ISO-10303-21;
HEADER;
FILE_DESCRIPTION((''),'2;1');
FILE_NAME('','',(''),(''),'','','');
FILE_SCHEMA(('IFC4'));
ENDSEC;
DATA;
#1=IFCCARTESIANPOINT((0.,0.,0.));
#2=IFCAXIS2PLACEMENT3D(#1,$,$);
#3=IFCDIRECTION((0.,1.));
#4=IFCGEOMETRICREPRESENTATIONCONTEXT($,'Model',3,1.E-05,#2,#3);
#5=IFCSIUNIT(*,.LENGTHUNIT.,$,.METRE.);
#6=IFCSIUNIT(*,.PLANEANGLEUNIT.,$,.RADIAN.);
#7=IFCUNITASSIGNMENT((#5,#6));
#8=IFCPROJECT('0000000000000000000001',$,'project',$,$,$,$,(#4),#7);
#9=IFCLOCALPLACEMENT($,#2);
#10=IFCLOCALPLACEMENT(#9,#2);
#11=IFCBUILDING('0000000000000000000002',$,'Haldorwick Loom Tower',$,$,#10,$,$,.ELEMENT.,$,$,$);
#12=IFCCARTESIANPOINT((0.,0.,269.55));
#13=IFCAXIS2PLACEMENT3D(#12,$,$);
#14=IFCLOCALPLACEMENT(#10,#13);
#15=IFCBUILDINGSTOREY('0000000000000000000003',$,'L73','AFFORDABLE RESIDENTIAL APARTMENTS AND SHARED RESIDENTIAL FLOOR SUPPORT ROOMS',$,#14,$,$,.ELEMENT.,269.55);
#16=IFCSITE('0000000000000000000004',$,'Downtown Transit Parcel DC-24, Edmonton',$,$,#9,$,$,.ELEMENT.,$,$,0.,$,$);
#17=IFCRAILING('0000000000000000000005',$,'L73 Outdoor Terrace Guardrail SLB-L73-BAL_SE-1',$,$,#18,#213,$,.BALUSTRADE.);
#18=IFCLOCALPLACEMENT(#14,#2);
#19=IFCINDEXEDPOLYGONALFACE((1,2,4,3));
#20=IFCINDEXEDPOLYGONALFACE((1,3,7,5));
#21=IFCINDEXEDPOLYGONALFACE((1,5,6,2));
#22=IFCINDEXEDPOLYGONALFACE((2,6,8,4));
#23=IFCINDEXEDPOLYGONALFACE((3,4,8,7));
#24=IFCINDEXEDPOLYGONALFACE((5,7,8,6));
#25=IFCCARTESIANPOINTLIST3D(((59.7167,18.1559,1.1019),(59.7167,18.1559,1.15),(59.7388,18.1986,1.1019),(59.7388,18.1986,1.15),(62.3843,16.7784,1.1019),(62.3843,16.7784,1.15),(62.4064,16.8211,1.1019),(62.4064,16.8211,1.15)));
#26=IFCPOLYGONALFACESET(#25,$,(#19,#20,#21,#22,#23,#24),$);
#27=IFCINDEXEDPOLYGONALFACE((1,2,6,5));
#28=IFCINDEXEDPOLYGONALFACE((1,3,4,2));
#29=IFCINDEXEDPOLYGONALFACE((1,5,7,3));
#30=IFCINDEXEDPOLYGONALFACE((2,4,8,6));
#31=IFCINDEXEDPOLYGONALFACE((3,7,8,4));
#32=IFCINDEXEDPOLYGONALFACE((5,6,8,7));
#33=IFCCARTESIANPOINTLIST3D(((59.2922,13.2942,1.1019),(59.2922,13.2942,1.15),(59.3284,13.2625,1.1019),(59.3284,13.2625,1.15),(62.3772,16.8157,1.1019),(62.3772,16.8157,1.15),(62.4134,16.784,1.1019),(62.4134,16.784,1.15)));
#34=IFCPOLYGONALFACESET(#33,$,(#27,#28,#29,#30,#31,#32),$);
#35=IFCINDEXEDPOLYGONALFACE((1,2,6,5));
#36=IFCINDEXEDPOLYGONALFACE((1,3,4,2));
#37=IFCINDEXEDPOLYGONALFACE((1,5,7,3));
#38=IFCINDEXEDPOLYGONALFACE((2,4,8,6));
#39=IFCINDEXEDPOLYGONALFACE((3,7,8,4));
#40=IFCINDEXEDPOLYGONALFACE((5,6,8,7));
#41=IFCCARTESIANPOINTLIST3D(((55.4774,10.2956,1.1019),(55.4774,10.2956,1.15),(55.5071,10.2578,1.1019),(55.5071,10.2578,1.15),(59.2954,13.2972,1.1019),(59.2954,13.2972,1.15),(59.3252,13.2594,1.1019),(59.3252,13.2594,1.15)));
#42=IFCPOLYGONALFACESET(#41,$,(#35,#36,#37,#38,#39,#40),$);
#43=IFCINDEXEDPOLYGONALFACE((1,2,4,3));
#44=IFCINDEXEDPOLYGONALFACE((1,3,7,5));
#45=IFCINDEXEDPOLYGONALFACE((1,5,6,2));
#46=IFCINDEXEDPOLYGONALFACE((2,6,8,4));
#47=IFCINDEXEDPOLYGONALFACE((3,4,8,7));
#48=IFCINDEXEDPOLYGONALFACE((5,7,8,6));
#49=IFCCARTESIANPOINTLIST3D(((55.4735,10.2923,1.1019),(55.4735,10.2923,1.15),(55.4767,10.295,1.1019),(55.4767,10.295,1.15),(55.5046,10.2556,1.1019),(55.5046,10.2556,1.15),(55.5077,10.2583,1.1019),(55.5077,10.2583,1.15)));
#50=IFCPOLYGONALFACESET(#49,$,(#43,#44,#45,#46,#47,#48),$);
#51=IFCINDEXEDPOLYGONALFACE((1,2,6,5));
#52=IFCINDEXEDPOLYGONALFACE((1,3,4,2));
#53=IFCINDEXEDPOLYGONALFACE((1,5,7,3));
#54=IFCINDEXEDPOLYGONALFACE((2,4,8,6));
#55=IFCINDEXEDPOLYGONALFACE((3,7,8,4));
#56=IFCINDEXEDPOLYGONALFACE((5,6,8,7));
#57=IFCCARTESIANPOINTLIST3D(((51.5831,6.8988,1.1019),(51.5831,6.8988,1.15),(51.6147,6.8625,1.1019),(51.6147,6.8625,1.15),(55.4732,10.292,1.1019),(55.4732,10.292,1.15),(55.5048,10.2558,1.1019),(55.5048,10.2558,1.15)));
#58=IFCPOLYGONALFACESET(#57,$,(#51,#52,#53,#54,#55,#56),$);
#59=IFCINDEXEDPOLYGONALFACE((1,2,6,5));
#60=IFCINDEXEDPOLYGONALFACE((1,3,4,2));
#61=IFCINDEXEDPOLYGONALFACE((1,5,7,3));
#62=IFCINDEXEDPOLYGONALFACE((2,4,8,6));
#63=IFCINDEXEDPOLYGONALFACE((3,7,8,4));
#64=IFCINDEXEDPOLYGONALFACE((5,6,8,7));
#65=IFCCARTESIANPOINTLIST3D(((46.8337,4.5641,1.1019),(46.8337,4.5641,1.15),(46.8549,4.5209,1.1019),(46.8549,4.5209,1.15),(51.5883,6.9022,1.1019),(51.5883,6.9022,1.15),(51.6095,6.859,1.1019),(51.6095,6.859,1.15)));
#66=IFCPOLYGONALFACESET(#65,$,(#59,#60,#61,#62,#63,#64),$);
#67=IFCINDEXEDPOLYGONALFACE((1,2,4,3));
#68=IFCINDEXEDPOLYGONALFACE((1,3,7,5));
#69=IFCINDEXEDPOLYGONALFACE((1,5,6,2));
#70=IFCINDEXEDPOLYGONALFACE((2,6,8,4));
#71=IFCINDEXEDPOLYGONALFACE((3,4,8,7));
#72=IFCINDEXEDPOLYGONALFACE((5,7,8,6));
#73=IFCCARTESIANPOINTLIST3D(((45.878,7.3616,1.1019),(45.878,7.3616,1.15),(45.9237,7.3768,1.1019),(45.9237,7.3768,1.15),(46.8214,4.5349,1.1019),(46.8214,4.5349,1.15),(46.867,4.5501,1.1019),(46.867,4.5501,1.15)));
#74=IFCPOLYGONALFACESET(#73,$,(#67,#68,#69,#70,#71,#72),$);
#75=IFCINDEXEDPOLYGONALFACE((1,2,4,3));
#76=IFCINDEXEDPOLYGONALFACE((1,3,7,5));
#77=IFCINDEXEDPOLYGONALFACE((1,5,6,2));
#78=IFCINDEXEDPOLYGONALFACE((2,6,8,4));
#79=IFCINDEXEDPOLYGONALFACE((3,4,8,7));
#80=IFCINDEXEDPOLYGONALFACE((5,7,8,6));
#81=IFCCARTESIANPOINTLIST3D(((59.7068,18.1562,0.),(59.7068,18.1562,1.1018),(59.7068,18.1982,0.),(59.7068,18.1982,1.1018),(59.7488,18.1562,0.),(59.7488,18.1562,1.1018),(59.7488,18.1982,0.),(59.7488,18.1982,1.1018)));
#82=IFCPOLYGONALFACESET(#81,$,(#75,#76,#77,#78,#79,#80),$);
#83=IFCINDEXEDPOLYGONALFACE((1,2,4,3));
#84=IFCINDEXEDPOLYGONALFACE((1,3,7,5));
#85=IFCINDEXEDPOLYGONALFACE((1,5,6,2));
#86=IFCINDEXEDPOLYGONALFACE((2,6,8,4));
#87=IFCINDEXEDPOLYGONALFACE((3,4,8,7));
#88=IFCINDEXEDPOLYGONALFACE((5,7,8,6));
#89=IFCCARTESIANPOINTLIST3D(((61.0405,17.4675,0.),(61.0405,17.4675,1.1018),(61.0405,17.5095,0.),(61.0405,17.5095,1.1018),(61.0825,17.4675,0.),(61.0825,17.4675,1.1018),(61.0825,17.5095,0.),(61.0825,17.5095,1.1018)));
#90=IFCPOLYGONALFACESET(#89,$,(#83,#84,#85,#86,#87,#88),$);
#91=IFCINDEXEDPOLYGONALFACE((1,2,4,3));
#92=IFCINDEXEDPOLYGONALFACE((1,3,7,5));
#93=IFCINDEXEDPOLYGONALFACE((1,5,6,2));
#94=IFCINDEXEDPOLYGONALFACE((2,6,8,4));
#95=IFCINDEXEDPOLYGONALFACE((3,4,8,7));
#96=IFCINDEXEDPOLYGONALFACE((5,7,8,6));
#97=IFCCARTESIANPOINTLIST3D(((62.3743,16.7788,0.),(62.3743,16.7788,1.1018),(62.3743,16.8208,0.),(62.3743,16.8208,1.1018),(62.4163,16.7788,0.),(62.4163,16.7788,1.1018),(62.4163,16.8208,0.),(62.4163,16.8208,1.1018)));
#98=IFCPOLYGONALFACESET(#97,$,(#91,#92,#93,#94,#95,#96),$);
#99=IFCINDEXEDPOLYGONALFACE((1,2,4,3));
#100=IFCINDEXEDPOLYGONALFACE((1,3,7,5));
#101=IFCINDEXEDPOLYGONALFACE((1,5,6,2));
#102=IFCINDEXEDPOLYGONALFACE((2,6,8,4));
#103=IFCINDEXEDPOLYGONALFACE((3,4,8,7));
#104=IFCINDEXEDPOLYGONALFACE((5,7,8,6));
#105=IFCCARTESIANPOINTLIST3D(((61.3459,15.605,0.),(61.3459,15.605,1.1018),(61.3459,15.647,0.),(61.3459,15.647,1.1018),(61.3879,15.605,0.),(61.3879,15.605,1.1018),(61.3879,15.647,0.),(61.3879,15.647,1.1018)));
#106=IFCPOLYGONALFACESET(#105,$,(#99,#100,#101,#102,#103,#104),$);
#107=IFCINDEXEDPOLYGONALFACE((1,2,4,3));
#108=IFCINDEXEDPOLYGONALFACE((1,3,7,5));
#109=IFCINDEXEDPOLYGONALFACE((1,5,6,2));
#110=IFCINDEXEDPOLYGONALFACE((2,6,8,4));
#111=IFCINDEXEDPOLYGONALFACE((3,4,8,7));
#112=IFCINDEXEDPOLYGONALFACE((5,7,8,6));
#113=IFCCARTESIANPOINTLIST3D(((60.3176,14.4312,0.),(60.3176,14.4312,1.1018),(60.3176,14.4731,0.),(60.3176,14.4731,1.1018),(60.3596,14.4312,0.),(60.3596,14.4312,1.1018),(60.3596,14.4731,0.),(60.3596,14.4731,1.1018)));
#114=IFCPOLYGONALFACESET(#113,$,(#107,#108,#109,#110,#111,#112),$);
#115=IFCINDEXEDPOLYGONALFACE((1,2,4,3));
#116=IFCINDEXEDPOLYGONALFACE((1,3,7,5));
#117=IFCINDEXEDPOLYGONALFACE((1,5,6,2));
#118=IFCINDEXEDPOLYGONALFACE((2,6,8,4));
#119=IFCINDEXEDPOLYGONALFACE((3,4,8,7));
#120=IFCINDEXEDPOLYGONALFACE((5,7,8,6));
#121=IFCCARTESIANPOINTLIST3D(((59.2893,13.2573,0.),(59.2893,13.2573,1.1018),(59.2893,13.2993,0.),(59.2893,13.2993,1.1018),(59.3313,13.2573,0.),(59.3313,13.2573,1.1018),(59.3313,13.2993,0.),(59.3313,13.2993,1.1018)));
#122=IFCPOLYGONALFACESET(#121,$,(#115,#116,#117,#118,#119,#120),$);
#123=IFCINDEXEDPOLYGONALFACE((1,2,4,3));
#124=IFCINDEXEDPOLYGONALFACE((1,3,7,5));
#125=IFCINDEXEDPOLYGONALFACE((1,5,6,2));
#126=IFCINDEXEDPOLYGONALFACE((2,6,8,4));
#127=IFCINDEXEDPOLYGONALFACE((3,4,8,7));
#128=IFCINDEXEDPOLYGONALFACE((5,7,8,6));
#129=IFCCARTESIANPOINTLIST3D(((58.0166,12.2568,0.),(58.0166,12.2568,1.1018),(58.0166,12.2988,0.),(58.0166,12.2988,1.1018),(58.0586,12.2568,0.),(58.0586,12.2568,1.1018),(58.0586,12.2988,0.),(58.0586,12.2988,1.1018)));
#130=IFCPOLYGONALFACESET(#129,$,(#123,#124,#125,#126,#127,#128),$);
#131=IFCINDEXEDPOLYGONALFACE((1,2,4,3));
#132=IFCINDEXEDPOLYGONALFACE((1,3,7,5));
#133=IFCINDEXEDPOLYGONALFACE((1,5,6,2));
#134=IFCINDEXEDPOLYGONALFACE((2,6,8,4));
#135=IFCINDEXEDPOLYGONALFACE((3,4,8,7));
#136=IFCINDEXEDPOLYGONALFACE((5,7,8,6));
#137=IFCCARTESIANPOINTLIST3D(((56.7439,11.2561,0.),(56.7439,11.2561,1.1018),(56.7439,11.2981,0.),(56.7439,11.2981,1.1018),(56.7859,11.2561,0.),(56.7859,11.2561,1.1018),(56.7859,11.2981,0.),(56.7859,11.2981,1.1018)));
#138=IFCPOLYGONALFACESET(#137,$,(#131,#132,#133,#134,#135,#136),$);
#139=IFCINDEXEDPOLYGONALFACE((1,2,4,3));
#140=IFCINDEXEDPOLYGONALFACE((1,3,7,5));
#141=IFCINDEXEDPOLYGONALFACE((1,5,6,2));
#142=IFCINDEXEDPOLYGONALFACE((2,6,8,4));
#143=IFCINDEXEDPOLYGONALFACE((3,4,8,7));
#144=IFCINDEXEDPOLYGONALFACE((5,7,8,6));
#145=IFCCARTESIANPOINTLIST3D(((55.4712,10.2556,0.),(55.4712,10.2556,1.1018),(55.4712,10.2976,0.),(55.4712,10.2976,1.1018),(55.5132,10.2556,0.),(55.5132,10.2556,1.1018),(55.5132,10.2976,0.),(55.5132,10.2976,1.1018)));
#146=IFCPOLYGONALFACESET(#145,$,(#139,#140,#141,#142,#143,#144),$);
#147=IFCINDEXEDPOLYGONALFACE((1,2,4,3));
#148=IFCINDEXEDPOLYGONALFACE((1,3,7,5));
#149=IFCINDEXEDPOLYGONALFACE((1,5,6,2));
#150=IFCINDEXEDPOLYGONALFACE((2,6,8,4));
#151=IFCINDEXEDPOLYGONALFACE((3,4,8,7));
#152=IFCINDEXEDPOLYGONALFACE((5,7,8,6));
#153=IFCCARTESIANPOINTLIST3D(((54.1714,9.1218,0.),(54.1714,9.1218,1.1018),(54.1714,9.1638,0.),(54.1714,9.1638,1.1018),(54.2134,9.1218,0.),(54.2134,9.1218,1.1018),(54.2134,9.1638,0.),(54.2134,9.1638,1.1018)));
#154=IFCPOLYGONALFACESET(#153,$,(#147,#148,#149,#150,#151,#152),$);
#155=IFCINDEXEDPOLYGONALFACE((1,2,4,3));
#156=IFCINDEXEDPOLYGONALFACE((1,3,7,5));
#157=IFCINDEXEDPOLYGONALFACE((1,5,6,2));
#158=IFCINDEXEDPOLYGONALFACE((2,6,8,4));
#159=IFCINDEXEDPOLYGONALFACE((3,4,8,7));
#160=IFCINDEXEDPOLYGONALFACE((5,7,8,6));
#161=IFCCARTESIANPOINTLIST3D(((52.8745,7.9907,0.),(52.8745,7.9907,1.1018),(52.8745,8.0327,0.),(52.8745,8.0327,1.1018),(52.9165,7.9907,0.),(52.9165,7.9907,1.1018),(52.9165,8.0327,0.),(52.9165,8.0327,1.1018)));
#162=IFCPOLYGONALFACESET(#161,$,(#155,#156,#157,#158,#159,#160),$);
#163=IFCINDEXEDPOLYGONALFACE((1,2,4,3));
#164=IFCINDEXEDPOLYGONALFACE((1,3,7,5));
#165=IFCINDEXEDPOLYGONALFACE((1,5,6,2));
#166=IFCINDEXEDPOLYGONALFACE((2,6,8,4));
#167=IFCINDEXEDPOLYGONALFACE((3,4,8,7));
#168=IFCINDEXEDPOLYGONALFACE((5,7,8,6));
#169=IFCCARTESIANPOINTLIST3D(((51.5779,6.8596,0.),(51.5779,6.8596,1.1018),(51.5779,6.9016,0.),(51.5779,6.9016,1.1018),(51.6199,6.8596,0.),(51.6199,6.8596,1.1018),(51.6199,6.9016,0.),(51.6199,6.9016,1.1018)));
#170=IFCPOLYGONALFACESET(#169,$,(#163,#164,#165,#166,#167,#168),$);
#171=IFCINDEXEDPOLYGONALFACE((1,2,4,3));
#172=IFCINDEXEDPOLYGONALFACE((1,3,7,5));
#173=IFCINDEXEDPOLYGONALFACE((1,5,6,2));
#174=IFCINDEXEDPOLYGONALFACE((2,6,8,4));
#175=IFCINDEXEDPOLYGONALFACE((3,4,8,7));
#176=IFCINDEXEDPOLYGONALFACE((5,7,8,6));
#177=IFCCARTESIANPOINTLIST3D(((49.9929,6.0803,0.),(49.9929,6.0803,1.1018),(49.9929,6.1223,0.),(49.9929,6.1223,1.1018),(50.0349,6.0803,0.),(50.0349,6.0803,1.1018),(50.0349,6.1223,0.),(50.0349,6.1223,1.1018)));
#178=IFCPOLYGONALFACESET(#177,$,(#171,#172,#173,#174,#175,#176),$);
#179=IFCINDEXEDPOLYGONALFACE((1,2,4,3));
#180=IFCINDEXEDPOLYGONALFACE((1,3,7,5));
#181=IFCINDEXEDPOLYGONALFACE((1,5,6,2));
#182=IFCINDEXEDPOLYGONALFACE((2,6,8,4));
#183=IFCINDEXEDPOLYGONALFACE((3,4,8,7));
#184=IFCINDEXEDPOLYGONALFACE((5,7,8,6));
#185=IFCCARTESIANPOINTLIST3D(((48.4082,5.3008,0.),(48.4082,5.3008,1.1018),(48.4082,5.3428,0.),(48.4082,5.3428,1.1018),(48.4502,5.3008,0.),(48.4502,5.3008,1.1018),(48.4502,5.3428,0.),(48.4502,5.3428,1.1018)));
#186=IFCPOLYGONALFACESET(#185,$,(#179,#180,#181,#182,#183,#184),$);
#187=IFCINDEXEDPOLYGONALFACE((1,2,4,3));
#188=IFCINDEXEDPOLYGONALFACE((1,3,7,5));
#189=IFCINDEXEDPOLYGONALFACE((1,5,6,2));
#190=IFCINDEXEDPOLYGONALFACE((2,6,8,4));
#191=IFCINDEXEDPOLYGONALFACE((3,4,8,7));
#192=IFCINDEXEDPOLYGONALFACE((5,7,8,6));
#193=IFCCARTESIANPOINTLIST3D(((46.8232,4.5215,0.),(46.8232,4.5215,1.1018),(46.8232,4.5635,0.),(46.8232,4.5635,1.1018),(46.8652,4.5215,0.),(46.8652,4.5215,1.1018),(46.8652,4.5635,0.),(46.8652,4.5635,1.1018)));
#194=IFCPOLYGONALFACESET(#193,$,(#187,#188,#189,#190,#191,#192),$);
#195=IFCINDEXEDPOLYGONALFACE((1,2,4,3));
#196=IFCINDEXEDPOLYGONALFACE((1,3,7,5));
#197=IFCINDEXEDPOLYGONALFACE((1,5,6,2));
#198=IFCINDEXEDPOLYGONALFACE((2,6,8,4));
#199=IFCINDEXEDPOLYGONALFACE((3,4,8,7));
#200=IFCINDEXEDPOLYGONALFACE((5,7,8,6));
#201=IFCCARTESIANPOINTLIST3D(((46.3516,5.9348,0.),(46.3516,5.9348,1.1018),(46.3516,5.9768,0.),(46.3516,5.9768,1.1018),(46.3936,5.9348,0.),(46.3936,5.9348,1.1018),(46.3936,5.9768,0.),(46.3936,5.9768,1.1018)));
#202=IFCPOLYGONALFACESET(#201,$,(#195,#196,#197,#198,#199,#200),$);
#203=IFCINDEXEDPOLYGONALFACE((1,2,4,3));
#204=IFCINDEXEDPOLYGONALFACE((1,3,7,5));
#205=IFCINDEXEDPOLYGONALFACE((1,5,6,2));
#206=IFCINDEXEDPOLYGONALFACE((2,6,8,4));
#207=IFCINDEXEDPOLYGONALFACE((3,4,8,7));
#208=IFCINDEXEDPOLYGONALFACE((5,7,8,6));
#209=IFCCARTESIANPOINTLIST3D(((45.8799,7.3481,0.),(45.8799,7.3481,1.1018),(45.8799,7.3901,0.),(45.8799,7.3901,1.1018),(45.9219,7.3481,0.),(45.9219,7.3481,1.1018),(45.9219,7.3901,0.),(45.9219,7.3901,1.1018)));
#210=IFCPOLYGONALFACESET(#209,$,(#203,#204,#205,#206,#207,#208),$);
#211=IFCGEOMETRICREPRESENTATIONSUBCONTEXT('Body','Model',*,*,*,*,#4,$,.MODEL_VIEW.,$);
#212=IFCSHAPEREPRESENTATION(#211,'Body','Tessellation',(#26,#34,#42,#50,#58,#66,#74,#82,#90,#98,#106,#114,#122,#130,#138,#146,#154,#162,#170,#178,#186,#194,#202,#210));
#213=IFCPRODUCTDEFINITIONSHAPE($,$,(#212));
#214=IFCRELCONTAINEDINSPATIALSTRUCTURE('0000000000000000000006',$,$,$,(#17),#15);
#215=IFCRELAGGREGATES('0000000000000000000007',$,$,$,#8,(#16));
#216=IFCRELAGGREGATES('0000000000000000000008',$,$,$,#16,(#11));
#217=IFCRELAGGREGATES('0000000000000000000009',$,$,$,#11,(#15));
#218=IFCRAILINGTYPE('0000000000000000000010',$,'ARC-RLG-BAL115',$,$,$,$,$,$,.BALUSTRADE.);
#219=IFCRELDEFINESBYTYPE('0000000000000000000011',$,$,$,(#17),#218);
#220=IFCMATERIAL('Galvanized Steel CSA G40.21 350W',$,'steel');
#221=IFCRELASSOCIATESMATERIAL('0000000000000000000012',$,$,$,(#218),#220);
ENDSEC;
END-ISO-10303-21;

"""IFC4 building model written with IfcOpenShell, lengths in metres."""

from ifc_helpers import new_model, si_unit, direction, frame, origin, origin_2d, place, context, subcontext, project, spatial, rectangle, extrude, material, type_object, element, save


model = new_model("IFC4")

# Units and contexts
model_context = context("Model", 3, precision=1e-05, world=origin(), true_north=direction((0.0, 1.0)))
body_context = subcontext(model_context, "Body", "Model", "MODEL_VIEW")
ifc_project = project(units=[si_unit("LENGTHUNIT", "METRE"), si_unit("PLANEANGLEUNIT", "RADIAN")], contexts=[model_context])

# Site, building, storey
site_placement = place(None, origin())
site = spatial("IfcSite", under=ifc_project, at=site_placement, Name="Downtown Transit Parcel DC-24, Edmonton", CompositionType="ELEMENT", RefElevation=0.0)
building_placement = place(site_placement, origin())
building = spatial("IfcBuilding", under=site, at=building_placement, Name="Haldorwick Loom Tower", CompositionType="ELEMENT")
storey_placement = place(building_placement, frame((0.0, 0.0, 269.55)))
storey = spatial("IfcBuildingStorey", under=building, at=storey_placement, Name="L73", Description="AFFORDABLE RESIDENTIAL APARTMENTS AND SHARED RESIDENTIAL FLOOR SUPPORT ROOMS", CompositionType="ELEMENT", Elevation=269.55)

# Railing
ifc_material_1 = material(Name="Galvanized Steel CSA G40.21 350W", Category="steel")
railing_type = type_object("IfcRailingType", Name="ARC-RLG-BAL115", PredefinedType="BALUSTRADE", material=ifc_material_1)
railing_placement = place(storey_placement, frame((59.7278, 18.1772, 0.0)))
element("IfcRailing", 1, at=railing_placement, inside=storey, type_object=railing_type, Name="L73 Outdoor Terrace Guardrail SLB-L73-BAL_SE-1", PredefinedType="BALUSTRADE", context=body_context, shape_type="SweptSolid", body=[
    extrude(rectangle(XDim=0.0481, YDim=0.0481, at=origin_2d()), frame((0.0, 0.0, 1.126), z_axis=(0.888529, -0.458821, 0.0), x_axis=(0.458821, 0.888529, 0.0)), (0.0, 0.0, 1.0), 3.0022),
    extrude(rectangle(XDim=0.0481, YDim=0.0481, at=origin_2d()), frame((2.6675, -1.3774, 1.126), z_axis=(-0.658948, -0.752189, 0.0), x_axis=(0.752189, -0.658948, 0.0)), (0.0, 0.0, 1.0), 4.6816),
    extrude(rectangle(XDim=0.0481, YDim=0.0481, at=origin_2d()), frame((-0.4175, -4.8989, 1.126), z_axis=(-0.786142, -0.618046, 0.0), x_axis=(0.618046, -0.786142, 0.0)), (0.0, 0.0, 1.0), 4.8567),
    extrude(rectangle(XDim=0.0481, YDim=0.0481, at=origin_2d()), frame((-4.2356, -7.9006, 1.126), z_axis=(-0.763386, -0.645942, 0.0), x_axis=(0.645942, -0.763386, 0.0)), (0.0, 0.0, 1.0), 0.0042),
    extrude(rectangle(XDim=0.0481, YDim=0.0481, at=origin_2d()), frame((-4.2388, -7.9033, 1.126), z_axis=(-0.753589, -0.657345, 0.0), x_axis=(0.657345, -0.753589, 0.0)), (0.0, 0.0, 1.0), 5.1621),
    extrude(rectangle(XDim=0.0481, YDim=0.0481, at=origin_2d()), frame((-8.1289, -11.2966, 1.126), z_axis=(-0.897366, -0.441287, 0.0), x_axis=(0.441287, -0.897366, 0.0)), (0.0, 0.0, 1.0), 5.2983),
    extrude(rectangle(XDim=0.0481, YDim=0.0481, at=origin_2d()), frame((-12.8835, -13.6348, 1.126), z_axis=(-0.316572, 0.948569, 0.0), x_axis=(-0.948569, -0.316572, 0.0)), (0.0, 0.0, 1.0), 2.98),
    extrude(rectangle(XDim=0.042, YDim=0.042, at=origin_2d()), origin(), (0.0, 0.0, 1.0), 1.1018),
    extrude(rectangle(XDim=0.042, YDim=0.042, at=origin_2d()), frame((1.3337, -0.6887, 0.0)), (0.0, 0.0, 1.0), 1.1018),
    extrude(rectangle(XDim=0.042, YDim=0.042, at=origin_2d()), frame((2.6675, -1.3774, 0.0)), (0.0, 0.0, 1.0), 1.1018),
    extrude(rectangle(XDim=0.042, YDim=0.042, at=origin_2d()), frame((1.6392, -2.5513, 0.0)), (0.0, 0.0, 1.0), 1.1018),
    extrude(rectangle(XDim=0.042, YDim=0.042, at=origin_2d()), frame((0.6108, -3.7251, 0.0)), (0.0, 0.0, 1.0), 1.1018),
    extrude(rectangle(XDim=0.042, YDim=0.042, at=origin_2d()), frame((-0.4175, -4.8989, 0.0)), (0.0, 0.0, 1.0), 1.1018),
    extrude(rectangle(XDim=0.042, YDim=0.042, at=origin_2d()), frame((-1.6902, -5.8994, 0.0)), (0.0, 0.0, 1.0), 1.1018),
    extrude(rectangle(XDim=0.042, YDim=0.042, at=origin_2d()), frame((-2.9629, -6.9001, 0.0)), (0.0, 0.0, 1.0), 1.1018),
    extrude(rectangle(XDim=0.042, YDim=0.042, at=origin_2d()), frame((-4.2356, -7.9006, 0.0)), (0.0, 0.0, 1.0), 1.1018),
    extrude(rectangle(XDim=0.042, YDim=0.042, at=origin_2d()), frame((-5.5354, -9.0344, 0.0)), (0.0, 0.0, 1.0), 1.1018),
    extrude(rectangle(XDim=0.042, YDim=0.042, at=origin_2d()), frame((-6.8323, -10.1655, 0.0)), (0.0, 0.0, 1.0), 1.1018),
    extrude(rectangle(XDim=0.042, YDim=0.042, at=origin_2d()), frame((-8.1289, -11.2966, 0.0)), (0.0, 0.0, 1.0), 1.1018),
    extrude(rectangle(XDim=0.042, YDim=0.042, at=origin_2d()), frame((-9.7139, -12.0759, 0.0)), (0.0, 0.0, 1.0), 1.1018),
    extrude(rectangle(XDim=0.042, YDim=0.042, at=origin_2d()), frame((-11.2986, -12.8555, 0.0)), (0.0, 0.0, 1.0), 1.1018),
    extrude(rectangle(XDim=0.042, YDim=0.042, at=origin_2d()), frame((-12.8835, -13.6348, 0.0)), (0.0, 0.0, 1.0), 1.1018),
    extrude(rectangle(XDim=0.042, YDim=0.042, at=origin_2d()), frame((-13.3552, -12.2214, 0.0)), (0.0, 0.0, 1.0), 1.1018),
    extrude(rectangle(XDim=0.042, YDim=0.042, at=origin_2d()), frame((-13.8269, -10.8081, 0.0)), (0.0, 0.0, 1.0), 1.1018),
])

save(model, "model.ifc")
